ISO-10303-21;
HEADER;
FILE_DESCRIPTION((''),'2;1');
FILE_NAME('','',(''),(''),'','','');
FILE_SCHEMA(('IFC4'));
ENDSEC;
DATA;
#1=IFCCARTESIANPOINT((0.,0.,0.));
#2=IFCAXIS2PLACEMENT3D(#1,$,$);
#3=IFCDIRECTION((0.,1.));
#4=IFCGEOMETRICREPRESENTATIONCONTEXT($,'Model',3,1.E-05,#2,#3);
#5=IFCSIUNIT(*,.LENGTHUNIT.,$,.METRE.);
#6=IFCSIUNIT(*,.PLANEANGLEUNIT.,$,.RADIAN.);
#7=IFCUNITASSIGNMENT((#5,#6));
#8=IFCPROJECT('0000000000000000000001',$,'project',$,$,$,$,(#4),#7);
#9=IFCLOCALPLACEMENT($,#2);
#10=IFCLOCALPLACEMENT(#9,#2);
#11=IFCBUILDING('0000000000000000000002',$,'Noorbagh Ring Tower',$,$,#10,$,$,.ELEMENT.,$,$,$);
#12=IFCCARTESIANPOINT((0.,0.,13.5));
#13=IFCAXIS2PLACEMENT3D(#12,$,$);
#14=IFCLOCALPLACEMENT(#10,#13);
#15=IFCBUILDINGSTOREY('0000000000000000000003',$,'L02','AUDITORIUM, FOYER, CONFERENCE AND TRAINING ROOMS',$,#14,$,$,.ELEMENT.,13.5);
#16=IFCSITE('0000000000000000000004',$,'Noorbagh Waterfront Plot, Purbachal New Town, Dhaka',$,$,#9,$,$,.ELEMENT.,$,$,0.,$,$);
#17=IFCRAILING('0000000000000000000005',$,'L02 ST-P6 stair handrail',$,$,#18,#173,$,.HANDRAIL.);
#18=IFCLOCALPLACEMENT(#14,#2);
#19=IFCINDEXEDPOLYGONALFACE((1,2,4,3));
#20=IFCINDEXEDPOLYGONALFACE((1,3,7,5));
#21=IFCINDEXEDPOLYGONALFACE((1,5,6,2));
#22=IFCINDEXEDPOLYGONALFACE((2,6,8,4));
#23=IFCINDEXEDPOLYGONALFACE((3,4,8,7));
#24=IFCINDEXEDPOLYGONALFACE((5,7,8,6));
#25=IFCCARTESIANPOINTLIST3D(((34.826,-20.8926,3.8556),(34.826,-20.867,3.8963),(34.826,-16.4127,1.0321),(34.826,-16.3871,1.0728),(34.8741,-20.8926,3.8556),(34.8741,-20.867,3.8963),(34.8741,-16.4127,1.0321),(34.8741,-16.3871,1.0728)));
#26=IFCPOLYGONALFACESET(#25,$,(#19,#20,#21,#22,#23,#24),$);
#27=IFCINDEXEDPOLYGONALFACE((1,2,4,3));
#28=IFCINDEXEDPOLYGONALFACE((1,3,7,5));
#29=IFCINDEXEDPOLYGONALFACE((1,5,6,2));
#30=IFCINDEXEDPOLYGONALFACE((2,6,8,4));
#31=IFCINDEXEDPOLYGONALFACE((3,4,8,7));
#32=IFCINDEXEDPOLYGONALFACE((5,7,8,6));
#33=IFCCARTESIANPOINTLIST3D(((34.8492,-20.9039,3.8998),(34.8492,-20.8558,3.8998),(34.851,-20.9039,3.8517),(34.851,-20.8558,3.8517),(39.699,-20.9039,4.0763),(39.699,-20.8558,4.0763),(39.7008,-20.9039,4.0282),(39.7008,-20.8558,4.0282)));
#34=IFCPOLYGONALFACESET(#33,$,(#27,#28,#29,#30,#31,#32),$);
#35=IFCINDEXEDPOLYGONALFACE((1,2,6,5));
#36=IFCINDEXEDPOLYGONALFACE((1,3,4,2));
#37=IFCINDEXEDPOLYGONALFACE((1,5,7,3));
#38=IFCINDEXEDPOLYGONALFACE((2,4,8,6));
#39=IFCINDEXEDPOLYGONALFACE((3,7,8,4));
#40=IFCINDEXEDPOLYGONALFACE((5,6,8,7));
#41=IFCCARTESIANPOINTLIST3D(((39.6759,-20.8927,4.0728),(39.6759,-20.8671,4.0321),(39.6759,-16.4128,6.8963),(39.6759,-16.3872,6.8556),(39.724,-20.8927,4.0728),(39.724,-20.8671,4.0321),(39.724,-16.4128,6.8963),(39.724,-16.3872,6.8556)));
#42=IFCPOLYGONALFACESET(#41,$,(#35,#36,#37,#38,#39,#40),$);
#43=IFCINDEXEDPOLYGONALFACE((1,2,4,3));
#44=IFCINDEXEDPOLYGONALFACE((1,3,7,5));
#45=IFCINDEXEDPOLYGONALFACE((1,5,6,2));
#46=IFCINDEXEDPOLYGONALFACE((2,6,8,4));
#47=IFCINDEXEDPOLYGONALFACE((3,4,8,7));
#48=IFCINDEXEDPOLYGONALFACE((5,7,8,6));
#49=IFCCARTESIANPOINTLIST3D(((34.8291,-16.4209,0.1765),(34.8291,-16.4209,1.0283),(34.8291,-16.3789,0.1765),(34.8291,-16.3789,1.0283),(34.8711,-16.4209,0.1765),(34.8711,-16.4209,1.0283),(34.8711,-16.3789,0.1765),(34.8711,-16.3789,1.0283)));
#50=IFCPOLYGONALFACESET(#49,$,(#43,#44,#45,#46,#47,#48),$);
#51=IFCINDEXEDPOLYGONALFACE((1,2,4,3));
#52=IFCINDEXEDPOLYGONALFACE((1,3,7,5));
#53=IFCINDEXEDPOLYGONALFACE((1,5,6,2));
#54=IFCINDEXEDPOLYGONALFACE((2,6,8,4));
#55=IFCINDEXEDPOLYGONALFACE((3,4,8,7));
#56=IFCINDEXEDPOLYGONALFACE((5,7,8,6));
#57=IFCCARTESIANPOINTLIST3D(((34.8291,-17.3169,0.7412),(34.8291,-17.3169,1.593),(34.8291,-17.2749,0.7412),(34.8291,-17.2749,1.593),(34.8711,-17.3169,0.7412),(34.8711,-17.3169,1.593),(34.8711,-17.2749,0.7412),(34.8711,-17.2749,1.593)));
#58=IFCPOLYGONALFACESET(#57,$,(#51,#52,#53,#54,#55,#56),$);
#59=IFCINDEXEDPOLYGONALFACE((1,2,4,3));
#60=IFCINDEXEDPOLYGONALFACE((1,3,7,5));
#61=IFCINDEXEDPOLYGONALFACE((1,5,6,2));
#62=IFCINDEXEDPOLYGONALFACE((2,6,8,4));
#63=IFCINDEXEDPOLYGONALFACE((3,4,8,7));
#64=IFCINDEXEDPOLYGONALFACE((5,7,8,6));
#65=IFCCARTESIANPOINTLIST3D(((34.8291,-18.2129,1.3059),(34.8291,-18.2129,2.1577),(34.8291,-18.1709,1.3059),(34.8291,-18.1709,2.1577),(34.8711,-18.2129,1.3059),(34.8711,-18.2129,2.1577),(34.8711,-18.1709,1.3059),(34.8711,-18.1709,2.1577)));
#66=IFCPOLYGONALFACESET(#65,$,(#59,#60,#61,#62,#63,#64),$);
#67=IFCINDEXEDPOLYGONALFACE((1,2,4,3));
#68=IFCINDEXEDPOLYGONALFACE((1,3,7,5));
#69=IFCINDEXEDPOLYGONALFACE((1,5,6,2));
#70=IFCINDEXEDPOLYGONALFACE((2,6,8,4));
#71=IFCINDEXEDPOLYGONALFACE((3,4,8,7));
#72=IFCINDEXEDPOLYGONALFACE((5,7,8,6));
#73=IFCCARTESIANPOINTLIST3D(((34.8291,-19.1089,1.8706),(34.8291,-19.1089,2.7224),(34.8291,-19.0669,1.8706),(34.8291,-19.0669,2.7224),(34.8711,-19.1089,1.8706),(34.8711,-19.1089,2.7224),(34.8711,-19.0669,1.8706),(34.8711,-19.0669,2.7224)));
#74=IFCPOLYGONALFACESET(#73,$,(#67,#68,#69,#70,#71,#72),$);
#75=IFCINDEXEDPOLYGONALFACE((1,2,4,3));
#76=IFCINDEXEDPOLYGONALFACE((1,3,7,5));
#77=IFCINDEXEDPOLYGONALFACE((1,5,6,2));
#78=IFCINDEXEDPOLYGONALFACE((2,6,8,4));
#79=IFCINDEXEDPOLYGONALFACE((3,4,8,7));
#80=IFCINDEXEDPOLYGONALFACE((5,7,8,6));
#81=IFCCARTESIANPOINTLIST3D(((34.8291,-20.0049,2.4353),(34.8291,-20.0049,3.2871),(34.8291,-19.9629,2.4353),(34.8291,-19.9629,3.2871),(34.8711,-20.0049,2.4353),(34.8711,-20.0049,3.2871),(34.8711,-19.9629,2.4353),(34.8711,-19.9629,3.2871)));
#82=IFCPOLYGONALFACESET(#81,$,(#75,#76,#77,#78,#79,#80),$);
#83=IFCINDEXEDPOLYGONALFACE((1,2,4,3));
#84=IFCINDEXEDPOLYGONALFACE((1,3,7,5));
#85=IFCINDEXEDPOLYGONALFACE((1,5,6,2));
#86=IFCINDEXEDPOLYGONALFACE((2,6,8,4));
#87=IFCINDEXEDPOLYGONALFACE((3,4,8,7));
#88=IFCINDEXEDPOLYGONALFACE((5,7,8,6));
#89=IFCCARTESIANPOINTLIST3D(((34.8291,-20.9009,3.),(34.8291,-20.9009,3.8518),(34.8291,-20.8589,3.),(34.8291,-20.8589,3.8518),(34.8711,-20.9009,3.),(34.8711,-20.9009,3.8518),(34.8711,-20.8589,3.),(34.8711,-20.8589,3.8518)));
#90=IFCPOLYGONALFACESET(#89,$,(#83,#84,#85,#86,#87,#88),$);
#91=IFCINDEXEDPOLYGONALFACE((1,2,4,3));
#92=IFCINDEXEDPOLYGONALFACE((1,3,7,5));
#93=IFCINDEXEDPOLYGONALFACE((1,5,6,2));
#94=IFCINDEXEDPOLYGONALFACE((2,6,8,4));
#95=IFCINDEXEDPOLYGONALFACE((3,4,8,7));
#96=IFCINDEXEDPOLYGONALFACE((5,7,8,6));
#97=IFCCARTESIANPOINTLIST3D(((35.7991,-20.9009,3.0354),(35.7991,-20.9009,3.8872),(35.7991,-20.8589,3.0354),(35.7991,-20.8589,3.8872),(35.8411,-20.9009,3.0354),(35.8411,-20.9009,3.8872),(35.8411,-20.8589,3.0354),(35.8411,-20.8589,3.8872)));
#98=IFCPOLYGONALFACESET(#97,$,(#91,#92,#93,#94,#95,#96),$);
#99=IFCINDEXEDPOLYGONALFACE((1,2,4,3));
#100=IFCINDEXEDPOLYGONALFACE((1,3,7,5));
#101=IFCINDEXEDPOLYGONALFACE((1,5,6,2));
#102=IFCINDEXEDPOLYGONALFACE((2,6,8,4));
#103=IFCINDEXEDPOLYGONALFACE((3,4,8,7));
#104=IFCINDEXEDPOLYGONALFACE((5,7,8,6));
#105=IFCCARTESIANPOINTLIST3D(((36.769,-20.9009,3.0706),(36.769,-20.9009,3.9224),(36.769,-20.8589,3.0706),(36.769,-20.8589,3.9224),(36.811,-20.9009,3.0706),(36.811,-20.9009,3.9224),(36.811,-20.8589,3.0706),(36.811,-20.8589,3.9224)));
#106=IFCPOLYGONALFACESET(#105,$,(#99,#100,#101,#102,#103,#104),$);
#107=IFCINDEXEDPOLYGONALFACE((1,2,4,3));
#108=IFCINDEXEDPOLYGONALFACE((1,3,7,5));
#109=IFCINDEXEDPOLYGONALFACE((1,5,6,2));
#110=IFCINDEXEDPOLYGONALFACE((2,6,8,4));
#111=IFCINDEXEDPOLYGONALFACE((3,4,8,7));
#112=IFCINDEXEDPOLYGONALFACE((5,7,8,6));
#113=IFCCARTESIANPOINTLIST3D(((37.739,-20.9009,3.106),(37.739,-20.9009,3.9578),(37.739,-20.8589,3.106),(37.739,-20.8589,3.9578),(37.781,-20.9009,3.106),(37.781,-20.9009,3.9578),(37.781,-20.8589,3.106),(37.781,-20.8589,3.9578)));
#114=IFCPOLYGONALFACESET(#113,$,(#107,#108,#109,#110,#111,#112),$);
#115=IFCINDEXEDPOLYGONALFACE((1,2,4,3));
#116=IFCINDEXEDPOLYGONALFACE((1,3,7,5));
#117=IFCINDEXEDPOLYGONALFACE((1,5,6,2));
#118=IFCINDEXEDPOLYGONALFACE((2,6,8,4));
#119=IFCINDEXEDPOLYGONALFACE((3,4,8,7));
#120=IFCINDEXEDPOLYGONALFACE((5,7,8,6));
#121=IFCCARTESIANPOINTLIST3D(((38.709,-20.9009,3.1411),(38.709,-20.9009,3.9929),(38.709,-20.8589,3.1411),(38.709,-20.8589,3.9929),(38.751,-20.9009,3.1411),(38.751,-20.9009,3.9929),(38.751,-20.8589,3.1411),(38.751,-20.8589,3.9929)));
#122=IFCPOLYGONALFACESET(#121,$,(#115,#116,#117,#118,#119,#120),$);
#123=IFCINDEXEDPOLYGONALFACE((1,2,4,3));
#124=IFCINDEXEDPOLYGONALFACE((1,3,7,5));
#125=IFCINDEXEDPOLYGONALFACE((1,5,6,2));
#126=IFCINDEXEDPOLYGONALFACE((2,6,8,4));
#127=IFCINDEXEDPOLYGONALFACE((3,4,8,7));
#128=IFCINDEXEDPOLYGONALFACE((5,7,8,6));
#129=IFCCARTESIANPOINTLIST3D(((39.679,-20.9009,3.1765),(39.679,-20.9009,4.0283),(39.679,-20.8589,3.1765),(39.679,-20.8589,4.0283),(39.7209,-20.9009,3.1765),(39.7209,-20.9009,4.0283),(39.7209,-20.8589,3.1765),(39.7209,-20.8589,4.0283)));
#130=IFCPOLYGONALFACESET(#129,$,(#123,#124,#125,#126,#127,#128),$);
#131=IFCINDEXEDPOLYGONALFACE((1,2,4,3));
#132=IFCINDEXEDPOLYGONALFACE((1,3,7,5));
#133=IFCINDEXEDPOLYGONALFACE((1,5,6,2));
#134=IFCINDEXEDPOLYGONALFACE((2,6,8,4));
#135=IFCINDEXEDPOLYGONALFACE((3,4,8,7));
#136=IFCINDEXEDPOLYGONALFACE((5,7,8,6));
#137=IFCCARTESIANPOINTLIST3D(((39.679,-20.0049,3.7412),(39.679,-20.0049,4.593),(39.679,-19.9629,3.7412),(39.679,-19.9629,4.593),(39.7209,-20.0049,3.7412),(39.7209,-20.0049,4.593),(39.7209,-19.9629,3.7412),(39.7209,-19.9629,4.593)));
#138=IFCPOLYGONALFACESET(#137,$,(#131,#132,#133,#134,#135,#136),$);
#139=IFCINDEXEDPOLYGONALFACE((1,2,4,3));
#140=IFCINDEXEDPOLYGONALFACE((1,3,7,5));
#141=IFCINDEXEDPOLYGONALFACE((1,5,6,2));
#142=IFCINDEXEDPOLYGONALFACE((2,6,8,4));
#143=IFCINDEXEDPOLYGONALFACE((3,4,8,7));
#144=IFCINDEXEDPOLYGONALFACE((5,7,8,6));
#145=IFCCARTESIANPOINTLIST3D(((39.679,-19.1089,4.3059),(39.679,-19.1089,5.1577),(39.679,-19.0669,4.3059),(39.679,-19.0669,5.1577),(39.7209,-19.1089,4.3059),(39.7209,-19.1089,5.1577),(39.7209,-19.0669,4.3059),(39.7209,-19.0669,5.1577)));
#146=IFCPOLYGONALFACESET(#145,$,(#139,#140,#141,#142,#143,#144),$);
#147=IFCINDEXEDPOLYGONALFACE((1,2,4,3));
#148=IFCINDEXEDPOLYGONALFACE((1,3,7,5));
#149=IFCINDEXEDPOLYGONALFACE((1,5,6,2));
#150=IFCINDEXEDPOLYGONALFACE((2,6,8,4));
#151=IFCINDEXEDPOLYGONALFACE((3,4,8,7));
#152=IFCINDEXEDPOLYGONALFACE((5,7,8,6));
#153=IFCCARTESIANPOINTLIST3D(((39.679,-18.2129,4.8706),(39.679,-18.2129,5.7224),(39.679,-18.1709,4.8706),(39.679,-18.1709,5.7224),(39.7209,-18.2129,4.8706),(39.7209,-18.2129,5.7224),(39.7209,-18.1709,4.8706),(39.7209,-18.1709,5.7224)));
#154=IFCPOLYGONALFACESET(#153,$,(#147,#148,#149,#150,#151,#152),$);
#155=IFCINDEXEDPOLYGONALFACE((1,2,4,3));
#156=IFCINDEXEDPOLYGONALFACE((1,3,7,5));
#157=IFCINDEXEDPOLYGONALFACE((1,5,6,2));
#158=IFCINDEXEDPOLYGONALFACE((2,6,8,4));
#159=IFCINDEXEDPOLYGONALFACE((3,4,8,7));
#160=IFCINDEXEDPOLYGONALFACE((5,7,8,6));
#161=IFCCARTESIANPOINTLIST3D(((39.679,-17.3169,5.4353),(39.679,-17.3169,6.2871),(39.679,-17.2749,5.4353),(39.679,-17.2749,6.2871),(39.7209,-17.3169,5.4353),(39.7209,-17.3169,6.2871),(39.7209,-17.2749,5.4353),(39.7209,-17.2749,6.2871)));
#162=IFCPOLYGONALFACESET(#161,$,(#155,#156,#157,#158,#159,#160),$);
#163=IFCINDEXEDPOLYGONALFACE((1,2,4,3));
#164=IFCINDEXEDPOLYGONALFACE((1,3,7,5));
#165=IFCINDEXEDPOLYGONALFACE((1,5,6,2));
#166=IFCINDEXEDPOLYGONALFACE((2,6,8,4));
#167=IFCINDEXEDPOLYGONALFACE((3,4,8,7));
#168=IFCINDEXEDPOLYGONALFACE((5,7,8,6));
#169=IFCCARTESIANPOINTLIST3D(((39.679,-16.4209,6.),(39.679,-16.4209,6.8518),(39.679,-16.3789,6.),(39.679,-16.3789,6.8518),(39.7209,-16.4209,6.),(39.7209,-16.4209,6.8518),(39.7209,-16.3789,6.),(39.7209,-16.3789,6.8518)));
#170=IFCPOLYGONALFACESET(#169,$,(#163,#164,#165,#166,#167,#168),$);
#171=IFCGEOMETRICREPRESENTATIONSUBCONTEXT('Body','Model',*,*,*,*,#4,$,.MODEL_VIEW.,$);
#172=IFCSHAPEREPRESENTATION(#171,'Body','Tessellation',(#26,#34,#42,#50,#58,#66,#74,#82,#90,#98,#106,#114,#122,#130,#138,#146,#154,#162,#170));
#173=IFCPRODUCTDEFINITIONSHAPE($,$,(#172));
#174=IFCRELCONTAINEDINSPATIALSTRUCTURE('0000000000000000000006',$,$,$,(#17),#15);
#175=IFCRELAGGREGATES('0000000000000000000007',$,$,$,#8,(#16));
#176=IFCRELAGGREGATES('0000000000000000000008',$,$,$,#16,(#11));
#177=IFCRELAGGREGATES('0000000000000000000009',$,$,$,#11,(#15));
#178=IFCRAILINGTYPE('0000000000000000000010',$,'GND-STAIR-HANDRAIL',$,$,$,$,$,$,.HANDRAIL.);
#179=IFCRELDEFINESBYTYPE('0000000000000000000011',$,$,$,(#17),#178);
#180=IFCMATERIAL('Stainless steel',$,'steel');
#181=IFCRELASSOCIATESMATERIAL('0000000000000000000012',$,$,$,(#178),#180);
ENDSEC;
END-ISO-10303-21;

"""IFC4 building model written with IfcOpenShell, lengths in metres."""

from ifc_helpers import new_model, si_unit, direction, frame, origin, origin_2d, place, context, subcontext, project, spatial, rectangle, extrude, material, type_object, element, save


model = new_model("IFC4")

# Units and contexts
model_context = context("Model", 3, precision=1e-05, world=origin(), true_north=direction((0.0, 1.0)))
body_context = subcontext(model_context, "Body", "Model", "MODEL_VIEW")
ifc_project = project(units=[si_unit("LENGTHUNIT", "METRE"), si_unit("PLANEANGLEUNIT", "RADIAN")], contexts=[model_context])

# Site, building, storey
site_placement = place(None, origin())
site = spatial("IfcSite", under=ifc_project, at=site_placement, Name="Noorbagh Waterfront Plot, Purbachal New Town, Dhaka", CompositionType="ELEMENT", RefElevation=0.0)
building_placement = place(site_placement, origin())
building = spatial("IfcBuilding", under=site, at=building_placement, Name="Noorbagh Ring Tower", CompositionType="ELEMENT")
storey_placement = place(building_placement, frame((0.0, 0.0, 13.5)))
storey = spatial("IfcBuildingStorey", under=building, at=storey_placement, Name="L02", Description="AUDITORIUM, FOYER, CONFERENCE AND TRAINING ROOMS", CompositionType="ELEMENT", Elevation=13.5)

# Railing
ifc_material_1 = material(Name="Stainless steel", Category="steel")
railing_type_1 = type_object("IfcRailingType", Name="GND-STAIR-HANDRAIL", PredefinedType="HANDRAIL", material=ifc_material_1)
railing_1_placement = place(storey_placement, frame((34.8501, -16.3999, 0.1765)))
element("IfcRailing", 1, at=railing_1_placement, inside=storey, type_object=railing_type_1, Name="L02 ST-P6 stair handrail", PredefinedType="HANDRAIL", context=body_context, shape_type="SweptSolid", body=[
    extrude(rectangle(XDim=0.0481, YDim=0.0481, at=origin_2d()), frame((0.0, 0.0, 0.876), z_axis=(0.0, -0.845998, 0.533186), x_axis=(1.0, 0.0, 0.0)), (0.0, 0.0, 1.0), 5.2954),
    extrude(rectangle(XDim=0.0481, YDim=0.0481, at=origin_2d()), frame((0.0, -4.48, 3.6992), z_axis=(0.999338, 0.0, 0.036372), x_axis=(0.0, 1.0, 0.0)), (0.0, 0.0, 1.0), 4.853),
    extrude(rectangle(XDim=0.0481, YDim=0.0481, at=origin_2d()), frame((4.8499, -4.48, 3.876), z_axis=(0.0, 0.845998, 0.533186), x_axis=(-1.0, 0.0, 0.0)), (0.0, 0.0, 1.0), 5.2954),
    extrude(rectangle(XDim=0.042, YDim=0.042, at=origin_2d()), origin(), (0.0, 0.0, 1.0), 0.8518),
    extrude(rectangle(XDim=0.042, YDim=0.042, at=origin_2d()), frame((0.0, -0.896, 0.5647)), (0.0, 0.0, 1.0), 0.8518),
    extrude(rectangle(XDim=0.042, YDim=0.042, at=origin_2d()), frame((0.0, -1.792, 1.1294)), (0.0, 0.0, 1.0), 0.8518),
    extrude(rectangle(XDim=0.042, YDim=0.042, at=origin_2d()), frame((0.0, -2.688, 1.6941)), (0.0, 0.0, 1.0), 0.8518),
    extrude(rectangle(XDim=0.042, YDim=0.042, at=origin_2d()), frame((0.0, -3.584, 2.2588)), (0.0, 0.0, 1.0), 0.8518),
    extrude(rectangle(XDim=0.042, YDim=0.042, at=origin_2d()), frame((0.0, -4.48, 2.8235)), (0.0, 0.0, 1.0), 0.8518),
    extrude(rectangle(XDim=0.042, YDim=0.042, at=origin_2d()), frame((0.97, -4.48, 2.8589)), (0.0, 0.0, 1.0), 0.8518),
    extrude(rectangle(XDim=0.042, YDim=0.042, at=origin_2d()), frame((1.9399, -4.48, 2.894)), (0.0, 0.0, 1.0), 0.8518),
    extrude(rectangle(XDim=0.042, YDim=0.042, at=origin_2d()), frame((2.9099, -4.48, 2.9294)), (0.0, 0.0, 1.0), 0.8518),
    extrude(rectangle(XDim=0.042, YDim=0.042, at=origin_2d()), frame((3.8799, -4.48, 2.9646)), (0.0, 0.0, 1.0), 0.8518),
    extrude(rectangle(XDim=0.042, YDim=0.042, at=origin_2d()), frame((4.8499, -4.48, 3.0)), (0.0, 0.0, 1.0), 0.8518),
    extrude(rectangle(XDim=0.042, YDim=0.042, at=origin_2d()), frame((4.8499, -3.584, 3.5647)), (0.0, 0.0, 1.0), 0.8518),
    extrude(rectangle(XDim=0.042, YDim=0.042, at=origin_2d()), frame((4.8499, -2.688, 4.1294)), (0.0, 0.0, 1.0), 0.8518),
    extrude(rectangle(XDim=0.042, YDim=0.042, at=origin_2d()), frame((4.8499, -1.792, 4.6941)), (0.0, 0.0, 1.0), 0.8518),
    extrude(rectangle(XDim=0.042, YDim=0.042, at=origin_2d()), frame((4.8499, -0.896, 5.2588)), (0.0, 0.0, 1.0), 0.8518),
    extrude(rectangle(XDim=0.042, YDim=0.042, at=origin_2d()), frame((4.8499, 0.0, 5.8235)), (0.0, 0.0, 1.0), 0.8518),
])

save(model, "model.ifc")
